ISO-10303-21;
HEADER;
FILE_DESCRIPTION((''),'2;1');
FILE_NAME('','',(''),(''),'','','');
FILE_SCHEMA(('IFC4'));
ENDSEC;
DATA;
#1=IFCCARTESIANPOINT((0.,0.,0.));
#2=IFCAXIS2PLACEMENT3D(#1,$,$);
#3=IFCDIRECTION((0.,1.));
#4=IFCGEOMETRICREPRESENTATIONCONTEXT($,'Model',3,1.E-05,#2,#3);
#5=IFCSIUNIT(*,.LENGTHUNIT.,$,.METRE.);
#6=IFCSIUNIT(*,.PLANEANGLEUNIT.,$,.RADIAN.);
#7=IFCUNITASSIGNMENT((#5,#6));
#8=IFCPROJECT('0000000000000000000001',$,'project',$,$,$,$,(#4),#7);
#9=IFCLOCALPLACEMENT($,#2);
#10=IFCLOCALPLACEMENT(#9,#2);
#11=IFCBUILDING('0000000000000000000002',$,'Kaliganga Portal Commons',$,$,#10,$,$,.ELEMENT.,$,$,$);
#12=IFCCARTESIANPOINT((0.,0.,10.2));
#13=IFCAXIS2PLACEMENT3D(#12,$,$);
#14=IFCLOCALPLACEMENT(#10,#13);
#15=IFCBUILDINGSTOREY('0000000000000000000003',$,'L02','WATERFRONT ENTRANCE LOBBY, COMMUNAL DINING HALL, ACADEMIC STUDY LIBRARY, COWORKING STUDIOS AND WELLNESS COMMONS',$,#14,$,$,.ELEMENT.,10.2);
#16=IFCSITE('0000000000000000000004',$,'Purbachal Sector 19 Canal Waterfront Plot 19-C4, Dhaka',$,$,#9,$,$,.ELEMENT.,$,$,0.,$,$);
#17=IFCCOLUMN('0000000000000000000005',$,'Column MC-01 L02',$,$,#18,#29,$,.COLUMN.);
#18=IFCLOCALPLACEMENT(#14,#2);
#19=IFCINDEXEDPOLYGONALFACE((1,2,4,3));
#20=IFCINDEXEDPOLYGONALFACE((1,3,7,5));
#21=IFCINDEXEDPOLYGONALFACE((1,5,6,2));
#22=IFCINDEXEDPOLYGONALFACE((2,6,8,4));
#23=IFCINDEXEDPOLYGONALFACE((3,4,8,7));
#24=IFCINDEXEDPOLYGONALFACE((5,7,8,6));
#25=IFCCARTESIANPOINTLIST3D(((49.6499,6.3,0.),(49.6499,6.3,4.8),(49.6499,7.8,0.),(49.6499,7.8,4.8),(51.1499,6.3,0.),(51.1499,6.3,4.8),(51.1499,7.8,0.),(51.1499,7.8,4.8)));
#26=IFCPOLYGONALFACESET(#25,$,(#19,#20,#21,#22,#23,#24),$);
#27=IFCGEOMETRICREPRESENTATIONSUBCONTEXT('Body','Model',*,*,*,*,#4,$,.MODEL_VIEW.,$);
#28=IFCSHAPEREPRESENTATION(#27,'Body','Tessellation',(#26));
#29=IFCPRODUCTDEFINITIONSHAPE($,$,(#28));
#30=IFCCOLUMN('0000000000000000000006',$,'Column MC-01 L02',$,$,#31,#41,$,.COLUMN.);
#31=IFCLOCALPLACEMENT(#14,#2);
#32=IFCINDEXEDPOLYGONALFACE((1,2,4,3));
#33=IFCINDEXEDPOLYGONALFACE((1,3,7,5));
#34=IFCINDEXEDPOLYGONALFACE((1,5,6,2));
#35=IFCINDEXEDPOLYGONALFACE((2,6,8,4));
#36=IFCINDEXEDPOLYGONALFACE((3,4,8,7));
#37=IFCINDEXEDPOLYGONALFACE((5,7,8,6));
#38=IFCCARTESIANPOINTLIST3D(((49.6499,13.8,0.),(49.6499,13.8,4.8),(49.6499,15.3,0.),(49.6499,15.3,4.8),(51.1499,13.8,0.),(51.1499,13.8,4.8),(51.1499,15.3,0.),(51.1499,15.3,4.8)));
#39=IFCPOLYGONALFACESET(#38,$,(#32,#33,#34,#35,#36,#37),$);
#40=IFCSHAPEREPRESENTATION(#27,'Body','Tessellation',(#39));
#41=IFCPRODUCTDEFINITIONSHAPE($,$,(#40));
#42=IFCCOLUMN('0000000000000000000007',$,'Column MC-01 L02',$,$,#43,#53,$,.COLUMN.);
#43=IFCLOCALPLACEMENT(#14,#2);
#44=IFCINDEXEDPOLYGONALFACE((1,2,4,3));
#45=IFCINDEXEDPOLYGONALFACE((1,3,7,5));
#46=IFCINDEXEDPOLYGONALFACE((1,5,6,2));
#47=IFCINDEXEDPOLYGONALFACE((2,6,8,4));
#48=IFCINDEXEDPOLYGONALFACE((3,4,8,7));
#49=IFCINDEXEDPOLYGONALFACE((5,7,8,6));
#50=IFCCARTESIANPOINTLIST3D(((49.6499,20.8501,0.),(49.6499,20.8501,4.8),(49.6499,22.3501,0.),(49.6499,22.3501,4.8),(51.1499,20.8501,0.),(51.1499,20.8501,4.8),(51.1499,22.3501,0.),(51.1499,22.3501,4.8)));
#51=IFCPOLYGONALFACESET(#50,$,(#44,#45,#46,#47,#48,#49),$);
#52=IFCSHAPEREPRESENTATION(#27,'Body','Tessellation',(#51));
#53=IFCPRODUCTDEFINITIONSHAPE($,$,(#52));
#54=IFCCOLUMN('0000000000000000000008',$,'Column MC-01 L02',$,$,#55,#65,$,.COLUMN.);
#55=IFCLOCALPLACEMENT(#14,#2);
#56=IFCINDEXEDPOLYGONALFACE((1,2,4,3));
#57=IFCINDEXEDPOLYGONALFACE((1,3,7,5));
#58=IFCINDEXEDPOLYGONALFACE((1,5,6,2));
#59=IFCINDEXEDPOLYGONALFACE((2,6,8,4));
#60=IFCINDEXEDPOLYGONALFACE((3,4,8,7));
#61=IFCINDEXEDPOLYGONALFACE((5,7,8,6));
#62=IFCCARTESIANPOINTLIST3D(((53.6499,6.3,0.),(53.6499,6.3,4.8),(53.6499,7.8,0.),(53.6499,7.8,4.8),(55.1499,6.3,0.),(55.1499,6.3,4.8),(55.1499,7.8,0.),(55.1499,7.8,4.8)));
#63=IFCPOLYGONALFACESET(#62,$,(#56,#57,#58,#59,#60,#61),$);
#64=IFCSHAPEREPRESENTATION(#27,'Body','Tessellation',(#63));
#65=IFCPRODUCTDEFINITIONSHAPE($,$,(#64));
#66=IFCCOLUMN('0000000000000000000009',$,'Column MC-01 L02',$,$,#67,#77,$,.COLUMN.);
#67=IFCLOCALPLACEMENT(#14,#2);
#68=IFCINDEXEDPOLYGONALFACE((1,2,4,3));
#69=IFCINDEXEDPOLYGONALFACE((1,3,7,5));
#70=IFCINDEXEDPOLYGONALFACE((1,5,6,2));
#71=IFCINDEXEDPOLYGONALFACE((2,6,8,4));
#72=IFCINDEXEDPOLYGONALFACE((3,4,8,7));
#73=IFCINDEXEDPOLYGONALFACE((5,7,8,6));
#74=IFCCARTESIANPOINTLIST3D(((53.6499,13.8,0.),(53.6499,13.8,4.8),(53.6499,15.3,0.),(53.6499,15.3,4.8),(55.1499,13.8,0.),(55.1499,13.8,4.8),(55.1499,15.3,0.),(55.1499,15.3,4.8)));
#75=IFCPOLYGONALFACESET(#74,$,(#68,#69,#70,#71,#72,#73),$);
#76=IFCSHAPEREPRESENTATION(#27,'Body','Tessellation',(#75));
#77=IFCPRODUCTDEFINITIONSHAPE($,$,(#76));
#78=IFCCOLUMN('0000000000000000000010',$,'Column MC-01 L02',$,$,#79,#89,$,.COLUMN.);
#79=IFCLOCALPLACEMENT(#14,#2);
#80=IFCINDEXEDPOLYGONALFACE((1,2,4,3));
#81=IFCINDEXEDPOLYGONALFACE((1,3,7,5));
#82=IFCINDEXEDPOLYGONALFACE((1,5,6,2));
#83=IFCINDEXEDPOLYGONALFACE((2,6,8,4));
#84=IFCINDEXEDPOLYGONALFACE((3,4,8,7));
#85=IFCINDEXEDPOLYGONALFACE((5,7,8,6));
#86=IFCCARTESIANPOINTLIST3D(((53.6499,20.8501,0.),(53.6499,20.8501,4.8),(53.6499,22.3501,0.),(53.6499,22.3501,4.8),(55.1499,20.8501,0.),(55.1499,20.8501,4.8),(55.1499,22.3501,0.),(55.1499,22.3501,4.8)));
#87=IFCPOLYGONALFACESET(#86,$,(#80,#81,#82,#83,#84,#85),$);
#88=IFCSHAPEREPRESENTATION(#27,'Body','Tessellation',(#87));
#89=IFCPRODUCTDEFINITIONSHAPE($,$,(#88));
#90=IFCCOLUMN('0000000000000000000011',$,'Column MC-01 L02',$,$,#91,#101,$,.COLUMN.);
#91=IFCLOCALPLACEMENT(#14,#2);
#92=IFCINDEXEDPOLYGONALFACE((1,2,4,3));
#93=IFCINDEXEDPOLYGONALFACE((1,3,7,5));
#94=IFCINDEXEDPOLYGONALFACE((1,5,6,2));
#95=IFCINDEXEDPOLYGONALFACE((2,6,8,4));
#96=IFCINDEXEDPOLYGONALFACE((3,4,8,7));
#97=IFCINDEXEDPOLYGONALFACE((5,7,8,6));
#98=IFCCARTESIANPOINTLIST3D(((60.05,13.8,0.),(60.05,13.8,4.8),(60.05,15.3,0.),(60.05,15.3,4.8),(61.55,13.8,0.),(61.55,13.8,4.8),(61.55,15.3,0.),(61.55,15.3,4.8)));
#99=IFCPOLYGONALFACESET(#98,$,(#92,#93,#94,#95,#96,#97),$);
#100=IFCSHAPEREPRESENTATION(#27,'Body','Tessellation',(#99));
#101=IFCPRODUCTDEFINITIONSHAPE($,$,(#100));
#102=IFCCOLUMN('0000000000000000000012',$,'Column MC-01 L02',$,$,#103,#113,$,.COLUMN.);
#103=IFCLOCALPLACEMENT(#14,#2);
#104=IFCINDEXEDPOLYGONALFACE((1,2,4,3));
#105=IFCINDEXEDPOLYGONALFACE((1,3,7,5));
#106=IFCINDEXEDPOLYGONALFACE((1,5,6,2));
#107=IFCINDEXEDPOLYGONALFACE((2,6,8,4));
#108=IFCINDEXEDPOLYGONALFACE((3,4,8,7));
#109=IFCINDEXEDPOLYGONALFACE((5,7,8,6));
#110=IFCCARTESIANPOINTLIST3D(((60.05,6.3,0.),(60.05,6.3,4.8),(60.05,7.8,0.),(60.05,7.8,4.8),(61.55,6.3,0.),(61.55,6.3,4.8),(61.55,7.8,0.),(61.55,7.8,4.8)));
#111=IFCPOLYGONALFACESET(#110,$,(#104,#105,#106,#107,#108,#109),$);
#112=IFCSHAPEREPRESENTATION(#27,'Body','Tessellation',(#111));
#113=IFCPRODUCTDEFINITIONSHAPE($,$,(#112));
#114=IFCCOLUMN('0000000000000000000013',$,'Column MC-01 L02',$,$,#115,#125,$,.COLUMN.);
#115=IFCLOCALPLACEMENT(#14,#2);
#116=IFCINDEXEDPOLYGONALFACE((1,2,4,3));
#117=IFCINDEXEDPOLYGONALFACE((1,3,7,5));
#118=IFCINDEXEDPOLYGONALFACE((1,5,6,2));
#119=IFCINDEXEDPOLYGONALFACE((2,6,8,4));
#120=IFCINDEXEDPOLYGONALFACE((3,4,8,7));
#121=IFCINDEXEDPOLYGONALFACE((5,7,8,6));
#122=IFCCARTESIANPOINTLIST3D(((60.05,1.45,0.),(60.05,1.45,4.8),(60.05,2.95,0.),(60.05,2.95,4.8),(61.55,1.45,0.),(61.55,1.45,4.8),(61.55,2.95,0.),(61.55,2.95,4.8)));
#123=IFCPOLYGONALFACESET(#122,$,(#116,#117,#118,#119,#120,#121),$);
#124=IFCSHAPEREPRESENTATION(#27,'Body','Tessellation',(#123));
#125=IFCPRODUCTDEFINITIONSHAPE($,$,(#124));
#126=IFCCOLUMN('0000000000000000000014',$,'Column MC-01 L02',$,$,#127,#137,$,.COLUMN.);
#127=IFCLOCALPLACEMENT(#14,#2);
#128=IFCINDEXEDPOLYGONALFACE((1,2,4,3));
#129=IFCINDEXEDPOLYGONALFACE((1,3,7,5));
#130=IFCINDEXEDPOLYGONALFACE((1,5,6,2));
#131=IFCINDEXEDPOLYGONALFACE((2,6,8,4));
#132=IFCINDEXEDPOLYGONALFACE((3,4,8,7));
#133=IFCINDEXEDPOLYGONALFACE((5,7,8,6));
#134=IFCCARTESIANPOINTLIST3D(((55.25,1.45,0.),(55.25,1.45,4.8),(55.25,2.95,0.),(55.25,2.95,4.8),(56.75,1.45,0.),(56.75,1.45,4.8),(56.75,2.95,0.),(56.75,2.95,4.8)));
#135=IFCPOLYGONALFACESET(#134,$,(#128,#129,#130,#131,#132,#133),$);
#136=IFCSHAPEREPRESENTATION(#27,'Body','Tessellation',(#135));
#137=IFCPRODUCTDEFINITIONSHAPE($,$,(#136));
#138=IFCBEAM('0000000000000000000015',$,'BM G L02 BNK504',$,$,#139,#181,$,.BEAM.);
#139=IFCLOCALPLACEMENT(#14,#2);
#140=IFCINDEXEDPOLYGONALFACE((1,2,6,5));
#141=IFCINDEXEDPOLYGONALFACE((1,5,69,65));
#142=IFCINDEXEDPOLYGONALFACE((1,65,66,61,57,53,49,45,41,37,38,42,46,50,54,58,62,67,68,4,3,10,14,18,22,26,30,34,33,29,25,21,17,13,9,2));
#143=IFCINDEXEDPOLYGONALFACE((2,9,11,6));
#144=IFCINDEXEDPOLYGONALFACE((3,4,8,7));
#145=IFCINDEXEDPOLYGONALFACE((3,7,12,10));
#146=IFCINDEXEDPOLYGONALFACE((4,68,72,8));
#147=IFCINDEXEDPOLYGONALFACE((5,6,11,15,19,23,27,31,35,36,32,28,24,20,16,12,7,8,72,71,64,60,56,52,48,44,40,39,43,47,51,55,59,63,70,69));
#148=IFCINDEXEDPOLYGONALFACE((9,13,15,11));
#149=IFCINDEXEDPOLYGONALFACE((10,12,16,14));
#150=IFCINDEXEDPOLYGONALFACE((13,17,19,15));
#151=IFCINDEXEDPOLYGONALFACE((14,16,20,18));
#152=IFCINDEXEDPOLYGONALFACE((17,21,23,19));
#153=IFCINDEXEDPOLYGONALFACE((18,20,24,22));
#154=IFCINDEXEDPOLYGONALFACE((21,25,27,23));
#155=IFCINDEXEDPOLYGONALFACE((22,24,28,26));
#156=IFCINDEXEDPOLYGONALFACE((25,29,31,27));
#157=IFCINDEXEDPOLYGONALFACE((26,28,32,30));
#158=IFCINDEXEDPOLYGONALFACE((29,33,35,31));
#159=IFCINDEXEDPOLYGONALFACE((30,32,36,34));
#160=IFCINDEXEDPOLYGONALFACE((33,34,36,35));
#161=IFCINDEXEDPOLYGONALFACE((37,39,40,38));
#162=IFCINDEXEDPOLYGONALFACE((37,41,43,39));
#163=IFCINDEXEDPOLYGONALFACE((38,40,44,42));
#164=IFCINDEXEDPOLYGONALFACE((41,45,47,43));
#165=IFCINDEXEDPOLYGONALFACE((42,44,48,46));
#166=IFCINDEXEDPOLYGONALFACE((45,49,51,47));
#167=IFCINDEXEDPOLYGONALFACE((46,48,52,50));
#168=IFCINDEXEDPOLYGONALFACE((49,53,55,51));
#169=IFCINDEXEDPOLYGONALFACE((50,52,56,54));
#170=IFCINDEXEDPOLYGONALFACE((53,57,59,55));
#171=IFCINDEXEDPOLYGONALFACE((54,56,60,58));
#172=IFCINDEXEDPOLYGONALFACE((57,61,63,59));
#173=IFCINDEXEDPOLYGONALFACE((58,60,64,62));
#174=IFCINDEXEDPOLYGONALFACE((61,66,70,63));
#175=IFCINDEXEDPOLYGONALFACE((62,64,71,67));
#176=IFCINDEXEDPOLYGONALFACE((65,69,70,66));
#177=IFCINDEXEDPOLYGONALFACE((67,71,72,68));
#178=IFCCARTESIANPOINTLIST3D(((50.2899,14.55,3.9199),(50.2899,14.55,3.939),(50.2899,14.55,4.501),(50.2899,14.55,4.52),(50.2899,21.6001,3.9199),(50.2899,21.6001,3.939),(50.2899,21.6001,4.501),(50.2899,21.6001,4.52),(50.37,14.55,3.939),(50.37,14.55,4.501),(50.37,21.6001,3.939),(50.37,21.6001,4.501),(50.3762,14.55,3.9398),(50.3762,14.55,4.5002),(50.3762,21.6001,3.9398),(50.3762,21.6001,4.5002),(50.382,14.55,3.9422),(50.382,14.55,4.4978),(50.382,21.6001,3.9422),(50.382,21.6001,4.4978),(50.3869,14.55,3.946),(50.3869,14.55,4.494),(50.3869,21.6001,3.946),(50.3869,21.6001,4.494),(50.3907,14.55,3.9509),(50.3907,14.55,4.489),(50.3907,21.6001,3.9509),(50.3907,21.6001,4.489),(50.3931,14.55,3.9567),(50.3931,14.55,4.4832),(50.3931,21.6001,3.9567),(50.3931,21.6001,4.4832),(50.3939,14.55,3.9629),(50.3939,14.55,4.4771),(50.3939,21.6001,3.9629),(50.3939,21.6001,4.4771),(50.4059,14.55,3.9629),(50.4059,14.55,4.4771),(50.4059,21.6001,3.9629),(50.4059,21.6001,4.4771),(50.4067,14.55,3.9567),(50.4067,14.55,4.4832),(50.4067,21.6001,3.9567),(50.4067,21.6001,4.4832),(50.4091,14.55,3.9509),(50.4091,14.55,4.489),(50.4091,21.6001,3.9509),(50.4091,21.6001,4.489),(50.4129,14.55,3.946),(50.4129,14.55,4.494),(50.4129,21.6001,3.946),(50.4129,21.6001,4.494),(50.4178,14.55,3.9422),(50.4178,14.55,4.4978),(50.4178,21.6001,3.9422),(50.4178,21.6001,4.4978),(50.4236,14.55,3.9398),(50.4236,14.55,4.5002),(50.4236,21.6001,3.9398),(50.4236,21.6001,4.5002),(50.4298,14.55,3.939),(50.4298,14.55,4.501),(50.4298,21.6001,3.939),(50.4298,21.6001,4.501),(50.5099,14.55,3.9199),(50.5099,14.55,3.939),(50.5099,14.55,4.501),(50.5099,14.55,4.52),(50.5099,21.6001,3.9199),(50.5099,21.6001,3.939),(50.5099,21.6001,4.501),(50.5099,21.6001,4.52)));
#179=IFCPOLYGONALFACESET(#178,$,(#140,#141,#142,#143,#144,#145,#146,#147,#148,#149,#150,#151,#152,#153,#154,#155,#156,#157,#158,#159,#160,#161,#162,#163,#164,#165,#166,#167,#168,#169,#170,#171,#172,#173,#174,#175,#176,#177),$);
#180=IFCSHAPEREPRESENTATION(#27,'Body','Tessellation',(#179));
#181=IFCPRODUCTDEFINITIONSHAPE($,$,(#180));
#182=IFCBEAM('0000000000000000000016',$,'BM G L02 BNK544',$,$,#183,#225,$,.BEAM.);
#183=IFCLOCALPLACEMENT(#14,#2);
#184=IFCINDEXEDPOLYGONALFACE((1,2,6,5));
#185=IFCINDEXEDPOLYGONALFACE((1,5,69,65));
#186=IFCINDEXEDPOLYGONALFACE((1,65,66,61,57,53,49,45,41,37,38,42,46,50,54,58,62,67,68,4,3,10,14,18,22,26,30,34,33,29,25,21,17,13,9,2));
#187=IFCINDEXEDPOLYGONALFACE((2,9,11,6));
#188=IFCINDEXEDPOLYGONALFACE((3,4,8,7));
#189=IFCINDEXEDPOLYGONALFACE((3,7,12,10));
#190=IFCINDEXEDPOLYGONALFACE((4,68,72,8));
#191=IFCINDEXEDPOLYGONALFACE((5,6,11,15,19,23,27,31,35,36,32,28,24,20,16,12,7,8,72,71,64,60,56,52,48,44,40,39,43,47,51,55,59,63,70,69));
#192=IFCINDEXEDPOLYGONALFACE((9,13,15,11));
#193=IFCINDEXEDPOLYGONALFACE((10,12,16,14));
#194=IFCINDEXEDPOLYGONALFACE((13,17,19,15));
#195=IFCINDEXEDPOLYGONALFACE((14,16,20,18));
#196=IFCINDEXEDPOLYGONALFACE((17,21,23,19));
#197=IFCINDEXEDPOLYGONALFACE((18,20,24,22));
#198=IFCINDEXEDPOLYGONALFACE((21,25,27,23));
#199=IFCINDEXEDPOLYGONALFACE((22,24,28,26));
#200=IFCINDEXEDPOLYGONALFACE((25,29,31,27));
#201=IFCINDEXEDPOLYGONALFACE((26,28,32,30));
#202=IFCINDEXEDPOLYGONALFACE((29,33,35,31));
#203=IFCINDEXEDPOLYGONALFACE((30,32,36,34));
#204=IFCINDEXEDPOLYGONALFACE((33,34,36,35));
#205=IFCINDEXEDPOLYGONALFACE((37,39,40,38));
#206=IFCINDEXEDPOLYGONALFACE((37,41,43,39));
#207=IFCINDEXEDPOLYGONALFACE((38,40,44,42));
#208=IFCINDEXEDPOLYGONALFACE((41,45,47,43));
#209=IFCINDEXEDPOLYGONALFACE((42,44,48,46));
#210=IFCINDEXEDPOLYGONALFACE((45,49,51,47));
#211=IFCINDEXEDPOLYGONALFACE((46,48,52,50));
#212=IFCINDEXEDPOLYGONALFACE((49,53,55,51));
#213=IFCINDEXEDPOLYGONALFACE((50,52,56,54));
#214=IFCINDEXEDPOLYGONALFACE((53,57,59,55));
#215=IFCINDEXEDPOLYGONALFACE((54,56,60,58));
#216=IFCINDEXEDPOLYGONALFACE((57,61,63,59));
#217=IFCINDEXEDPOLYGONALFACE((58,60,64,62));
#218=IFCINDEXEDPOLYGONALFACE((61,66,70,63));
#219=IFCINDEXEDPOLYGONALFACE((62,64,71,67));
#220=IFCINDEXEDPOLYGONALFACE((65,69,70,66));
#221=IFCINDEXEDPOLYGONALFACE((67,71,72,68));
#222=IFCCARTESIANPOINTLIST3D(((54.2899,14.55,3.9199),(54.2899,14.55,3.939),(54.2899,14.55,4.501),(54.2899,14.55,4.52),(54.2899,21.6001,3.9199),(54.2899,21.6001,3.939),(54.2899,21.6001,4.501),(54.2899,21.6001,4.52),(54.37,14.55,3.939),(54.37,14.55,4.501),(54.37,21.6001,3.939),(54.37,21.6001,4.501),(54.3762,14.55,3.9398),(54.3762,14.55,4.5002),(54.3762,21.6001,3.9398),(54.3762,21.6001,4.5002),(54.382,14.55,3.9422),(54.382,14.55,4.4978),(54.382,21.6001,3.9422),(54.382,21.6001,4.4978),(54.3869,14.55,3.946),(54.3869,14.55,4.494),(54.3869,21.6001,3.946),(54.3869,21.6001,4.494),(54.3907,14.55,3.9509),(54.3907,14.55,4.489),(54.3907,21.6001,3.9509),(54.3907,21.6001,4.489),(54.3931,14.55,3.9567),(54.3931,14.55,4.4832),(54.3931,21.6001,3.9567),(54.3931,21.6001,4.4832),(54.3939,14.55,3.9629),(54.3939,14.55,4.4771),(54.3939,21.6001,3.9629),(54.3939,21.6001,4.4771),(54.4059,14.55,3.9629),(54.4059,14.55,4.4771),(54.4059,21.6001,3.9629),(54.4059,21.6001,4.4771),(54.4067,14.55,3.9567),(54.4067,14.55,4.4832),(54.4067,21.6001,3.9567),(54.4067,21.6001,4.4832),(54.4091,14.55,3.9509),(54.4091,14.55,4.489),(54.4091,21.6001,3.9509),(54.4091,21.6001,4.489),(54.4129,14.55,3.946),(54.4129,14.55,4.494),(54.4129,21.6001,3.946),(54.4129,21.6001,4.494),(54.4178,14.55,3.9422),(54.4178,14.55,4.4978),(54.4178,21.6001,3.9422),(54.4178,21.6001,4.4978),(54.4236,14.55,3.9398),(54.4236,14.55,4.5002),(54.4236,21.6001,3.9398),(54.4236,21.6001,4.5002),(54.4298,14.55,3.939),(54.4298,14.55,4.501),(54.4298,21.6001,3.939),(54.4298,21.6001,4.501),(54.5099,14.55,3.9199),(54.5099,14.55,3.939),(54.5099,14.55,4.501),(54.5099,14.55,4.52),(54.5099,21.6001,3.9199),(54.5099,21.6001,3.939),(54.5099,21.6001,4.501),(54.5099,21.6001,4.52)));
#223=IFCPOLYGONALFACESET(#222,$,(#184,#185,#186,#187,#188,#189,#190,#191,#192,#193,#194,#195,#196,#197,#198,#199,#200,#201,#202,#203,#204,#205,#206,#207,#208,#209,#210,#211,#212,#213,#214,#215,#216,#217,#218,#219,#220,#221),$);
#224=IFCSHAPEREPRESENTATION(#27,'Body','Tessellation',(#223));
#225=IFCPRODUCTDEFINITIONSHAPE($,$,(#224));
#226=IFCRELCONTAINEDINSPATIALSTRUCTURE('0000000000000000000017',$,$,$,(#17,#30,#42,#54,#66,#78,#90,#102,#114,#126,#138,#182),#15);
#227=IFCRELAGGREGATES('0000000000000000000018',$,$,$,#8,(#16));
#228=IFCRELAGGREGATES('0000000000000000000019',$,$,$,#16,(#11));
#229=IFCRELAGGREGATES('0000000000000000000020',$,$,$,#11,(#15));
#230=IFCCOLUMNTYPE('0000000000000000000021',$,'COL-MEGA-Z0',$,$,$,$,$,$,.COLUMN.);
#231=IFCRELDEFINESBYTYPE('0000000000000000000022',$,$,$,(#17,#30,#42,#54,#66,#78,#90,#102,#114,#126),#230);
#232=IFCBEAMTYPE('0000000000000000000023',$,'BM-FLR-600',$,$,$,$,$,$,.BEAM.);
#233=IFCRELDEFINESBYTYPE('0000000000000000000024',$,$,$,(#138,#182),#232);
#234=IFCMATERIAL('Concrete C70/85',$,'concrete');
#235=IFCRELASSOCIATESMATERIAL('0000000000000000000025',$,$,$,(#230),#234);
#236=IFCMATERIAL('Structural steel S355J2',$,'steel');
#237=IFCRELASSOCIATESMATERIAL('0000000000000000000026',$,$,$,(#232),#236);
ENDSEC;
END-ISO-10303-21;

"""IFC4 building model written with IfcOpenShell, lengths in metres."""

from ifc_helpers import new_model, si_unit, direction, frame, origin, origin_2d, place, context, subcontext, project, spatial, rectangle, i_section, extrude, source, transform, mapped, material, material_profile, profile_set, type_object, element, save


model = new_model("IFC4")

# Units and contexts
model_context = context("Model", 3, precision=1e-05, world=origin(), true_north=direction((0.0, 1.0)))
body_context = subcontext(model_context, "Body", "Model", "MODEL_VIEW")
ifc_project = project(units=[si_unit("LENGTHUNIT", "METRE"), si_unit("PLANEANGLEUNIT", "RADIAN")], contexts=[model_context])

# Site, building, storey
site_placement = place(None, origin())
site = spatial("IfcSite", under=ifc_project, at=site_placement, Name="Purbachal Sector 19 Canal Waterfront Plot 19-C4, Dhaka", CompositionType="ELEMENT", RefElevation=0.0)
building_placement = place(site_placement, origin())
building = spatial("IfcBuilding", under=site, at=building_placement, Name="Kaliganga Portal Commons", CompositionType="ELEMENT")
storey_placement = place(building_placement, frame((0.0, 0.0, 10.2)))
storey = spatial("IfcBuildingStorey", under=building, at=storey_placement, Name="L02", Description="WATERFRONT ENTRANCE LOBBY, COMMUNAL DINING HALL, ACADEMIC STUDY LIBRARY, COWORKING STUDIOS AND WELLNESS COMMONS", CompositionType="ELEMENT", Elevation=10.2)

# Columns
ifc_material_1 = material(Name="Concrete C70/85", Category="concrete")
ifc_material_profile_1 = material_profile(ifc_material_1, rectangle(XDim=1.5, YDim=1.5, at=origin_2d()), Name="RC 1500x1500")
ifc_profile_set_1 = profile_set([ifc_material_profile_1], Name="Concrete C70/85")
column_type = type_object("IfcColumnType", Name="COL-MEGA-Z0", PredefinedType="COLUMN", material=ifc_profile_set_1)
shared_shape_1 = source(origin(), body_context, "Body", "SweptSolid", [
    extrude(rectangle(XDim=1.5, YDim=1.5, at=origin_2d()), origin(), (0.0, 0.0, 1.0), 4.8),
])
for number, where, z_axis, x_axis, name in (
    (1, (50.3999, 7.05, 0.0), (0.0, 0.0, 1.0), (1.0, 0.0, 0.0), "Column MC-01 L02"),
    (2, (50.3999, 14.55, 0.0), (0.0, 0.0, 1.0), (1.0, 0.0, 0.0), "Column MC-01 L02"),
    (3, (50.3999, 21.6001, 0.0), (0.0, 0.0, 1.0), (1.0, 0.0, 0.0), "Column MC-01 L02"),
    (4, (54.3999, 7.05, 0.0), (0.0, 0.0, 1.0), (1.0, 0.0, 0.0), "Column MC-01 L02"),
    (5, (54.3999, 14.55, 0.0), (0.0, 0.0, 1.0), (1.0, 0.0, 0.0), "Column MC-01 L02"),
    (6, (54.3999, 21.6001, 0.0), (0.0, 0.0, 1.0), (1.0, 0.0, 0.0), "Column MC-01 L02"),
    (7, (60.8, 14.55, 0.0), (0.0, 0.0, 1.0), (1.0, 0.0, 0.0), "Column MC-01 L02"),
    (8, (60.8, 7.05, 0.0), (0.0, 0.0, 1.0), (1.0, 0.0, 0.0), "Column MC-01 L02"),
    (9, (60.8, 2.2, 0.0), (0.0, 0.0, 1.0), (1.0, 0.0, 0.0), "Column MC-01 L02"),
    (10, (56.0, 2.2, 0.0), (0.0, 0.0, 1.0), (1.0, 0.0, 0.0), "Column MC-01 L02"),
):
    element("IfcColumn", number, at=place(storey_placement, frame(where, z_axis=z_axis, x_axis=x_axis)), inside=storey, type_object=column_type, Name=name, PredefinedType="COLUMN", context=body_context, shape_type="MappedRepresentation", body=[
        mapped(shared_shape_1, transform((0.0, 0.0, 0.0), x_axis=(1.0, 0.0, 0.0), y_axis=(0.0, 1.0, 0.0), z_axis=(0.0, 0.0, 1.0), scale=1.0)),
    ])

# Beams
ifc_material_2 = material(Name="Structural steel S355J2", Category="steel")
ifc_material_profile_2 = material_profile(ifc_material_2, i_section(OverallWidth=0.22, OverallDepth=0.6001, WebThickness=0.012, FlangeThickness=0.019, FilletRadius=0.0239, at=origin_2d()), Name="IPE 600")
ifc_profile_set_2 = profile_set([ifc_material_profile_2], Name="Structural steel S355J2 wide-flange")
beam_type_1 = type_object("IfcBeamType", Name="BM-FLR-600", PredefinedType="BEAM", material=ifc_profile_set_2)
shared_shape_2 = source(origin(), body_context, "Body", "SweptSolid", [
    extrude(i_section(OverallWidth=0.22, OverallDepth=0.6001, WebThickness=0.012, FlangeThickness=0.019, FilletRadius=0.0239, at=origin_2d()), origin(), (0.0, 0.0, 1.0), 7.05),
])
for number, where, z_axis, x_axis, name in (
    (11, (50.3999, 14.55, 4.22), (0.0, 1.0, 0.0), (-1.0, 0.0, 0.0), "BM G L02 BNK504"),
    (12, (54.3999, 14.55, 4.22), (0.0, 1.0, 0.0), (-1.0, 0.0, 0.0), "BM G L02 BNK544"),
):
    element("IfcBeam", number, at=place(storey_placement, frame(where, z_axis=z_axis, x_axis=x_axis)), inside=storey, type_object=beam_type_1, Name=name, PredefinedType="BEAM", context=body_context, shape_type="MappedRepresentation", body=[
        mapped(shared_shape_2, transform((0.0, 0.0, 0.0), x_axis=(1.0, 0.0, 0.0), y_axis=(0.0, 1.0, 0.0), z_axis=(0.0, 0.0, 1.0), scale=1.0)),
    ])

save(model, "model.ifc")
